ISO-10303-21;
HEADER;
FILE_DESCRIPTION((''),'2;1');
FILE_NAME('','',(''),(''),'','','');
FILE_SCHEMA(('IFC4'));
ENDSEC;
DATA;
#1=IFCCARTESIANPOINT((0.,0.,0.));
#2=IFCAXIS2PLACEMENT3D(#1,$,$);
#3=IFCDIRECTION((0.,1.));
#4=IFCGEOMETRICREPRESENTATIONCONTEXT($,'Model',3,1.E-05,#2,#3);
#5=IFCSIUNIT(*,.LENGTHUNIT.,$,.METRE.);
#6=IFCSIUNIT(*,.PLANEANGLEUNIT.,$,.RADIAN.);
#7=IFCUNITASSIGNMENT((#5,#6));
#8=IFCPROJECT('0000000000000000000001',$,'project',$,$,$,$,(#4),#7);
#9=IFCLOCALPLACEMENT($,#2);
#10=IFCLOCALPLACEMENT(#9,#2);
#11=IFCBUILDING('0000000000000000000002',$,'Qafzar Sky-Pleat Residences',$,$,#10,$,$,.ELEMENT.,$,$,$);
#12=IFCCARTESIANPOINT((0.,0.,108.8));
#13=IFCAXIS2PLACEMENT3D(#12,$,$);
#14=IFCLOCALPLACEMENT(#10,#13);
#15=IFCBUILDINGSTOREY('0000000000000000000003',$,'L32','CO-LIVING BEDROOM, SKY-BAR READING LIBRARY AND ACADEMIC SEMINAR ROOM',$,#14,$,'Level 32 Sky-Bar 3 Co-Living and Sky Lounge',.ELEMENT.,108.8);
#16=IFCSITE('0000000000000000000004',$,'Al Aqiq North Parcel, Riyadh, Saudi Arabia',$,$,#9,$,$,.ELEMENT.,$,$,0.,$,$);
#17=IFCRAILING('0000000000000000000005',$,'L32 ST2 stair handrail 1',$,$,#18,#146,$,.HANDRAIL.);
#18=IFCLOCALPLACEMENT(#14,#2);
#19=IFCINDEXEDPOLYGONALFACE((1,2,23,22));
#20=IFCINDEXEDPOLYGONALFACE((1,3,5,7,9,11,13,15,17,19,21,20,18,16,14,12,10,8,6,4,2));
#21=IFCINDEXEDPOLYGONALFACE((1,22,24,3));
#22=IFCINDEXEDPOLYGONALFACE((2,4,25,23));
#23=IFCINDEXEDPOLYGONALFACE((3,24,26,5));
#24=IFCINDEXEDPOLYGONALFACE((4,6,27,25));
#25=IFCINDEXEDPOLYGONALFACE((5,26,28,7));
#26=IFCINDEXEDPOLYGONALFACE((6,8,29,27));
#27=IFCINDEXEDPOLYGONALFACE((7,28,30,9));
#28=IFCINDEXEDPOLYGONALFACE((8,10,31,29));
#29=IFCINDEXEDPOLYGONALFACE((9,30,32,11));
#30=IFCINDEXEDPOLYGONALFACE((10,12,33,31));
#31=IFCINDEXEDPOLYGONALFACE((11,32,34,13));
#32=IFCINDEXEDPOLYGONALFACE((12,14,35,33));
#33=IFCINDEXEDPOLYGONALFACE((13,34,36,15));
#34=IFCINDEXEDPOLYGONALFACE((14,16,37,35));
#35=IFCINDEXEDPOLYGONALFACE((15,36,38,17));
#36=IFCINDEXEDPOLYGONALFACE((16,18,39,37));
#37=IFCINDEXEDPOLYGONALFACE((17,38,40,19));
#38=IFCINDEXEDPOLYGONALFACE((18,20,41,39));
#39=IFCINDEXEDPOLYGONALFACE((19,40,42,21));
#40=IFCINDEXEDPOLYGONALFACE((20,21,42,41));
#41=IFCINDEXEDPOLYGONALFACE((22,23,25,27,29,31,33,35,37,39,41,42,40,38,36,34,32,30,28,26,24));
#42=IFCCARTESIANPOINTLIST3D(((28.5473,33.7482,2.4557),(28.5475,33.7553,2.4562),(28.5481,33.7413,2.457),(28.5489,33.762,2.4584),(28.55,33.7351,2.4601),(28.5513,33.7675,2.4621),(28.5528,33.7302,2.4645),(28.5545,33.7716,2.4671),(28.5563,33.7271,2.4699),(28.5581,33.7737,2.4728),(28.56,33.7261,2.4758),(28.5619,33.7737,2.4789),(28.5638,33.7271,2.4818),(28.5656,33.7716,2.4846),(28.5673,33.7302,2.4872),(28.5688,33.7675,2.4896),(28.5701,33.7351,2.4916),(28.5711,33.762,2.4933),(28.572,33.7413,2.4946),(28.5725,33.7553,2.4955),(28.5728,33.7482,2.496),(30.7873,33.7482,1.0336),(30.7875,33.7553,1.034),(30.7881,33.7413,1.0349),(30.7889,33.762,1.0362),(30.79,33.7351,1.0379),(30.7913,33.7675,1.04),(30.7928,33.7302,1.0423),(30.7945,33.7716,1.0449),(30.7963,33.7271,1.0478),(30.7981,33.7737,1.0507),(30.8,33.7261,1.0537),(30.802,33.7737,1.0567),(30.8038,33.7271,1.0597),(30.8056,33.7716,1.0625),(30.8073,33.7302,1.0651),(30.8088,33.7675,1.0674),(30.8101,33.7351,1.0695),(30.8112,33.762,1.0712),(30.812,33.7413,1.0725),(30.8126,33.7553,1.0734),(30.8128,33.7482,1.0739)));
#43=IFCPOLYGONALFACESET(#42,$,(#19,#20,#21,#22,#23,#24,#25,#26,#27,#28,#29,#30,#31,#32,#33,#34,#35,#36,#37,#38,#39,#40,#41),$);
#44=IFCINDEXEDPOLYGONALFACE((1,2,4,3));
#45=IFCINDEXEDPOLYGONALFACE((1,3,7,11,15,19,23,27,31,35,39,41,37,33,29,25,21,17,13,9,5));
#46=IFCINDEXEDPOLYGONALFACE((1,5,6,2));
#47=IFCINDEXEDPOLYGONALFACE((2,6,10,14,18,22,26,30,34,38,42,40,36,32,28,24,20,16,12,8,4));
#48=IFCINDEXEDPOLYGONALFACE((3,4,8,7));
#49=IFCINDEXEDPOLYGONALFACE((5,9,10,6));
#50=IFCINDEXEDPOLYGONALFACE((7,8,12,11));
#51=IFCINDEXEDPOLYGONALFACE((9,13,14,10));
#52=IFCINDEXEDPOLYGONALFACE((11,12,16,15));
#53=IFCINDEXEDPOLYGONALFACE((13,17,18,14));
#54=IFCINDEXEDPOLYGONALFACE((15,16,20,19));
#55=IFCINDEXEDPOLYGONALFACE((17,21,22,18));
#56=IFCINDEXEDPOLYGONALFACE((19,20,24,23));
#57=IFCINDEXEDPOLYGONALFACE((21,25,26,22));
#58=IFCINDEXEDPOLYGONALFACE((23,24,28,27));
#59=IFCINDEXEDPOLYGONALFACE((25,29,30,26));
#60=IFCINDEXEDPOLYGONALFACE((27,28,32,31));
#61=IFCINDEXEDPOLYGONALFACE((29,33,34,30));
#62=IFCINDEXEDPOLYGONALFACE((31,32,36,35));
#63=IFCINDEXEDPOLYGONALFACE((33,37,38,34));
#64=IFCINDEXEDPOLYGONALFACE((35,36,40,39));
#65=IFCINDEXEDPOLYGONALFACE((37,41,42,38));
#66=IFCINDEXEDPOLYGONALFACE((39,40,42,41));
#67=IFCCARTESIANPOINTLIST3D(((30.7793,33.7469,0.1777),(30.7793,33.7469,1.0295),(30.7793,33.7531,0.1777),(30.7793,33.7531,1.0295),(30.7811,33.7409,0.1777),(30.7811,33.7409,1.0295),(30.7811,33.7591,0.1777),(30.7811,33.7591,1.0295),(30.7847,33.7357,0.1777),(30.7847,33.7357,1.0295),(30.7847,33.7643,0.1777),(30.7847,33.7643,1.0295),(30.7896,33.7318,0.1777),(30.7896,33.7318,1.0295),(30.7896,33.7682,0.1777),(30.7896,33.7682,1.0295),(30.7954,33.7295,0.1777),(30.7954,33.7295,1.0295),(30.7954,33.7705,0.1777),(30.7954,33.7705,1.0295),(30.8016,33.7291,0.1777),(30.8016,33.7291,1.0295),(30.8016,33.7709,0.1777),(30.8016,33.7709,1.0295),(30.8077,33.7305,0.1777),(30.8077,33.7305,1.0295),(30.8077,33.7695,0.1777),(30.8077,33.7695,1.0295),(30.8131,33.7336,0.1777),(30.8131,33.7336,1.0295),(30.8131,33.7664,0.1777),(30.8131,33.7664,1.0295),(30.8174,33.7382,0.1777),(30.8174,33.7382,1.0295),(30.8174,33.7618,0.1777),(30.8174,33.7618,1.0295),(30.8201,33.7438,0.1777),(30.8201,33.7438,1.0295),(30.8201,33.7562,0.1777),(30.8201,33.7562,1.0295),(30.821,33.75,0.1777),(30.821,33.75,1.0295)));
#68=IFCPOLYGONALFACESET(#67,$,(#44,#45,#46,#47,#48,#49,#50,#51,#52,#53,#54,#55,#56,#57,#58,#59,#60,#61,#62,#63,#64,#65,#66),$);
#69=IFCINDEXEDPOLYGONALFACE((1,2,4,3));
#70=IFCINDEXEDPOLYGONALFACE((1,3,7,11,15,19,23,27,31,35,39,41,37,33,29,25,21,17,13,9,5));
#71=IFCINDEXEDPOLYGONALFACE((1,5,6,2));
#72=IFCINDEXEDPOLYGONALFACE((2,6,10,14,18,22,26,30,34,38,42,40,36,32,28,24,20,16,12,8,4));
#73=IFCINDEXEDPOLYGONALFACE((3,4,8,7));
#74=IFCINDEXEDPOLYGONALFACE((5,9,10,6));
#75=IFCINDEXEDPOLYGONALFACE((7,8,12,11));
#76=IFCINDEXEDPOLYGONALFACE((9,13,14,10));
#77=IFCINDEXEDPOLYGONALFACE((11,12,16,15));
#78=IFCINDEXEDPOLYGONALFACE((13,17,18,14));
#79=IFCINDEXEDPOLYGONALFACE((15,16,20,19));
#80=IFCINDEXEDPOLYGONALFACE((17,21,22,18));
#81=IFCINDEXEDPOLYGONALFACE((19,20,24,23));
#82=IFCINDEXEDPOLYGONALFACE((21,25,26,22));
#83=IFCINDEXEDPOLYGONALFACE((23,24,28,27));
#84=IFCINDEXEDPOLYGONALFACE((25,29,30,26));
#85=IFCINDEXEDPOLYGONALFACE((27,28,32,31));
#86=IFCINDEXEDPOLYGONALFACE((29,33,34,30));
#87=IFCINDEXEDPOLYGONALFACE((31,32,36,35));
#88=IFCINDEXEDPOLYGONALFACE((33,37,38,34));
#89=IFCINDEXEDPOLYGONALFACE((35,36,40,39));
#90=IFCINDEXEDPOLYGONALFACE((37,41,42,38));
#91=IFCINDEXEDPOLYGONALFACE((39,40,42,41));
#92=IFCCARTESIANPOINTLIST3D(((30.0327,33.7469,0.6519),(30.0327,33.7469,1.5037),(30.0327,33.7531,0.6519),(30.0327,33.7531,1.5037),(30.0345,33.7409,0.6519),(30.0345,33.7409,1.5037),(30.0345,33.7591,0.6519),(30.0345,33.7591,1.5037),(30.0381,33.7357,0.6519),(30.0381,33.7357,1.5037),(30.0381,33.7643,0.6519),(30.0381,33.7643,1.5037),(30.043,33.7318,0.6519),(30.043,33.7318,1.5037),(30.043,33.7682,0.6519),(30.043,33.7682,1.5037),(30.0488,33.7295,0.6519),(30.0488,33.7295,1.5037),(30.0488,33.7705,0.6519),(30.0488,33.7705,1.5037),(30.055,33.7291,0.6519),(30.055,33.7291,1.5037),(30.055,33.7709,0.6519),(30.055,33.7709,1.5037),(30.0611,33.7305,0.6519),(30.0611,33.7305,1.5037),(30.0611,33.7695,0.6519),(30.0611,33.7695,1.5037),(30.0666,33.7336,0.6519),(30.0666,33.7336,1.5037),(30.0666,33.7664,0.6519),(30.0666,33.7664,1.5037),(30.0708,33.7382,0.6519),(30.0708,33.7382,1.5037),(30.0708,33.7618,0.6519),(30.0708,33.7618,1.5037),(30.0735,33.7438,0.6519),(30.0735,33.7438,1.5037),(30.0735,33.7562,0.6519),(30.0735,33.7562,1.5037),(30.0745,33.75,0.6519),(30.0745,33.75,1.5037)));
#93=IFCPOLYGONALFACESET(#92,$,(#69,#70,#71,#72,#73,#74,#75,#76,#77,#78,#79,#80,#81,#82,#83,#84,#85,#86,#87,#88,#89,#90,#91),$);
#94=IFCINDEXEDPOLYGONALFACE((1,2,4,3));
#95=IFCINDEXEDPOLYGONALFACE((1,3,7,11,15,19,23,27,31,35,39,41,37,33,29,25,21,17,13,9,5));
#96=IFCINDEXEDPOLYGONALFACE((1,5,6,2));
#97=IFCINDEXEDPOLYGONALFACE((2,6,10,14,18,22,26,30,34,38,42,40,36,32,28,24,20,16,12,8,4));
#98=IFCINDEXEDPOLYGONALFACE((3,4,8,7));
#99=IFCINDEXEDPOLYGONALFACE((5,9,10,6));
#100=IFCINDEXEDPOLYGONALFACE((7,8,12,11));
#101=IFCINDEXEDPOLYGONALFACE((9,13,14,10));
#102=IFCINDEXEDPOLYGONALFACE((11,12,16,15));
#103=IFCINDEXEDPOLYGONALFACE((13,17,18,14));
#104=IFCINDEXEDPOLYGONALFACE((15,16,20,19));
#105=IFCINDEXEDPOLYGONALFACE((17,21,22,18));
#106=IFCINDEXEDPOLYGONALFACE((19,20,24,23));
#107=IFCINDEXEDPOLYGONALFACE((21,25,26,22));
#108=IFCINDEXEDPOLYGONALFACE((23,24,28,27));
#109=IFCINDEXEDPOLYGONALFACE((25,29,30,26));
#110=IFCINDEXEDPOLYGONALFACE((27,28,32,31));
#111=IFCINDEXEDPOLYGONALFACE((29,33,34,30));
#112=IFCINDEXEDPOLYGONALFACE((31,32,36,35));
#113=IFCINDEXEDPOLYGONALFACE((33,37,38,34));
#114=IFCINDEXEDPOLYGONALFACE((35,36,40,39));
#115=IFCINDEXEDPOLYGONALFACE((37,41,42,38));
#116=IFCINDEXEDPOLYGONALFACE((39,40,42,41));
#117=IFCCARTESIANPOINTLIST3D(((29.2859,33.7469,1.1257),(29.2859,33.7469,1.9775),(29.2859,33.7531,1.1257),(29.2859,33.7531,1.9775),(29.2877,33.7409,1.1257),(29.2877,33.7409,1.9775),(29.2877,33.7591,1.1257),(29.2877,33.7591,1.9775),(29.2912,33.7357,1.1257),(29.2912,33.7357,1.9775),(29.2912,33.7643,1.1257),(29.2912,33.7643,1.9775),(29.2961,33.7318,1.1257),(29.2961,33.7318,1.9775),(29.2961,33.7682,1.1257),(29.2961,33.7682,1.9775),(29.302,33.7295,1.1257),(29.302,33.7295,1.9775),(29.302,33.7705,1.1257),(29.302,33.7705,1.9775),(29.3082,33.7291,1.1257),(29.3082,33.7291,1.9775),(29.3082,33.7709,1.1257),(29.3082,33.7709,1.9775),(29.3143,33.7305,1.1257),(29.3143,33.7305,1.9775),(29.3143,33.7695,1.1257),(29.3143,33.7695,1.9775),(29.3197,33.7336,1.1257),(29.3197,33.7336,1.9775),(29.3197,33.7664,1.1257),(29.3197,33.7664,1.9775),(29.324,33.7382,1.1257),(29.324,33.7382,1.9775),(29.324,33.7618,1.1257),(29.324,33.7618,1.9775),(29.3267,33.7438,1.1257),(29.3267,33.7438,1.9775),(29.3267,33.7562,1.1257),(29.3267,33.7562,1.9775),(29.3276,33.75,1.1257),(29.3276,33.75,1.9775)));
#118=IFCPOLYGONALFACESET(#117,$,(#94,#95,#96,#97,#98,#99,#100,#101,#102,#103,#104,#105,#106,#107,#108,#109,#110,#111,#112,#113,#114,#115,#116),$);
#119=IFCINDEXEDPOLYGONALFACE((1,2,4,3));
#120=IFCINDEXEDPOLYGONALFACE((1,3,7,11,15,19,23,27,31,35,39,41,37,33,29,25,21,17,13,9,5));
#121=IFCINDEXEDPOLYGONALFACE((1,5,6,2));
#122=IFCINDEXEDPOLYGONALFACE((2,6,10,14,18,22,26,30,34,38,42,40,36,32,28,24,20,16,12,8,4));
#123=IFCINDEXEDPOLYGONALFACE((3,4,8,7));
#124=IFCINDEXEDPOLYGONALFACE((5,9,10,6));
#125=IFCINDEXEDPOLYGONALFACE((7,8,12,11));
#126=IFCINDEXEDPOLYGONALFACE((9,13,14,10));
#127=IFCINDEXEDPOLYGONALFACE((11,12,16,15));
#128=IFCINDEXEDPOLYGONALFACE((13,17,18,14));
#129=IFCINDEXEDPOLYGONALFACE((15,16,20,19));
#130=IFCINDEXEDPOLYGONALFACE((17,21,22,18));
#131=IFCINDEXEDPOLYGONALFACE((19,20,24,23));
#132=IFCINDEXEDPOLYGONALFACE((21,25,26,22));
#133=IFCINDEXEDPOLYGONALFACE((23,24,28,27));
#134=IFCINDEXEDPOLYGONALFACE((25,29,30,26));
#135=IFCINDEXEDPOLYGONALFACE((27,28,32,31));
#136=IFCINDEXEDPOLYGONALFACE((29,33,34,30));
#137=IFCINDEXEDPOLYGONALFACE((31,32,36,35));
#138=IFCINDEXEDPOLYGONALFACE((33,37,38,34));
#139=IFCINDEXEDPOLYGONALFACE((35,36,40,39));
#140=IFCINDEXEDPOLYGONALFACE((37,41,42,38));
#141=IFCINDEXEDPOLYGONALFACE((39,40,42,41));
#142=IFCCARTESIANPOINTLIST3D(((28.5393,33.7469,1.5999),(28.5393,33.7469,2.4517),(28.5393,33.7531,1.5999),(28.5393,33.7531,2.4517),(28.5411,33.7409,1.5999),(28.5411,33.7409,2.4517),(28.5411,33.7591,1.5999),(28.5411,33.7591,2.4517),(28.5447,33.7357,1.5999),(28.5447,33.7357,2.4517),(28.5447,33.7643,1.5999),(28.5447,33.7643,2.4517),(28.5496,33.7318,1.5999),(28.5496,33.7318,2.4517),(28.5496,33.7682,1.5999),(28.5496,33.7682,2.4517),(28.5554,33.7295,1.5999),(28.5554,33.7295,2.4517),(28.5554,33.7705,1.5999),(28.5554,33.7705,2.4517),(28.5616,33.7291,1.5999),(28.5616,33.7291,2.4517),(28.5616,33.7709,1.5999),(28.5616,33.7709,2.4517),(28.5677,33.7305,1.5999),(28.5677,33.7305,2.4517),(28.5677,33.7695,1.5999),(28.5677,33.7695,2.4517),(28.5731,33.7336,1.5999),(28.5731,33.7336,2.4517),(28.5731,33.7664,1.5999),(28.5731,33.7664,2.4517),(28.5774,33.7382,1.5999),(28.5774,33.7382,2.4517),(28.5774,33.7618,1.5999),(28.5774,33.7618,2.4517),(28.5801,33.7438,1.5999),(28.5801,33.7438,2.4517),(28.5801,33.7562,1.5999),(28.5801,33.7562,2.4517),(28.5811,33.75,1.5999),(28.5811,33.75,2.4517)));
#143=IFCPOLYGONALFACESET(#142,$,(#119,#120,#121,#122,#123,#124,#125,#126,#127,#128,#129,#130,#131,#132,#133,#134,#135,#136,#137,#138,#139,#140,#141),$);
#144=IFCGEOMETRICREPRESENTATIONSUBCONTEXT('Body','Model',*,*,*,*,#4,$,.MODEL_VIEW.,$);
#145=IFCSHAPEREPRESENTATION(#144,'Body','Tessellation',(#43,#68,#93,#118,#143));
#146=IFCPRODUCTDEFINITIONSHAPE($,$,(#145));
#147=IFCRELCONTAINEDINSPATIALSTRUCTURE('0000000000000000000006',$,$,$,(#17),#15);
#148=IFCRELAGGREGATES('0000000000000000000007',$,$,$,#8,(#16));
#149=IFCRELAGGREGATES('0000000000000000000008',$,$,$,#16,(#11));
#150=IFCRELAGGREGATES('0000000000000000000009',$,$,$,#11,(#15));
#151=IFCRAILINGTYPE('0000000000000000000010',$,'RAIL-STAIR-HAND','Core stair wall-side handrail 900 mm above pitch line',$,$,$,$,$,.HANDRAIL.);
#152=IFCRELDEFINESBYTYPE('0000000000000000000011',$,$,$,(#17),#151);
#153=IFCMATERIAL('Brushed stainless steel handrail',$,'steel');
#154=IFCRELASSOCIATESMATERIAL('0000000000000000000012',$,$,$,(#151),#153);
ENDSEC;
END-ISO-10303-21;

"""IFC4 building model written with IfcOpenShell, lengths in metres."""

from ifc_helpers import new_model, si_unit, direction, frame, origin, origin_2d, place, context, subcontext, project, spatial, circle, extrude, source, transform, mapped, material, type_object, element, save


model = new_model("IFC4")

# Units and contexts
model_context = context("Model", 3, precision=1e-05, world=origin(), true_north=direction((0.0, 1.0)))
body_context = subcontext(model_context, "Body", "Model", "MODEL_VIEW")
ifc_project = project(units=[si_unit("LENGTHUNIT", "METRE"), si_unit("PLANEANGLEUNIT", "RADIAN")], contexts=[model_context])

# Site, building, storey
site_placement = place(None, origin())
site = spatial("IfcSite", under=ifc_project, at=site_placement, Name="Al Aqiq North Parcel, Riyadh, Saudi Arabia", CompositionType="ELEMENT", RefElevation=0.0)
building_placement = place(site_placement, origin())
building = spatial("IfcBuilding", under=site, at=building_placement, Name="Qafzar Sky-Pleat Residences", CompositionType="ELEMENT")
storey_placement = place(building_placement, frame((0.0, 0.0, 108.8)))
storey = spatial("IfcBuildingStorey", under=building, at=storey_placement, Name="L32", Description="CO-LIVING BEDROOM, SKY-BAR READING LIBRARY AND ACADEMIC SEMINAR ROOM", LongName="Level 32 Sky-Bar 3 Co-Living and Sky Lounge", CompositionType="ELEMENT", Elevation=108.8)

# Railing
ifc_material_1 = material(Name="Brushed stainless steel handrail", Category="steel")
railing_type = type_object("IfcRailingType", Name="RAIL-STAIR-HAND", Description="Core stair wall-side handrail 900 mm above pitch line", PredefinedType="HANDRAIL", material=ifc_material_1)
shared_shape_1 = source(origin(), body_context, "Body", "SweptSolid", [
    extrude(circle(Radius=0.0239, at=origin_2d()), frame((0.0, 0.0, 0.876), z_axis=(-0.844229, 0.0, 0.535982), x_axis=(0.0, -1.0, 0.0)), (0.0, 0.0, 1.0), 2.6533),
    extrude(circle(Radius=0.021, at=origin_2d()), origin(), (0.0, 0.0, 1.0), 0.8518),
    extrude(circle(Radius=0.021, at=origin_2d()), frame((-0.7466, 0.0, 0.4741)), (0.0, 0.0, 1.0), 0.8518),
    extrude(circle(Radius=0.021, at=origin_2d()), frame((-1.4934, 0.0, 0.948)), (0.0, 0.0, 1.0), 0.8518),
    extrude(circle(Radius=0.021, at=origin_2d()), frame((-2.24, 0.0, 1.4221)), (0.0, 0.0, 1.0), 0.8518),
])
railing_placement = place(storey_placement, frame((30.8, 33.75, 0.1777)))
element("IfcRailing", 1, at=railing_placement, inside=storey, type_object=railing_type, Name="L32 ST2 stair handrail 1", PredefinedType="HANDRAIL", context=body_context, shape_type="MappedRepresentation", body=[
    mapped(shared_shape_1, transform((0.0, 0.0, 0.0), x_axis=(1.0, 0.0, 0.0), y_axis=(0.0, 1.0, 0.0), z_axis=(0.0, 0.0, 1.0), scale=1.0)),
])

save(model, "model.ifc")
